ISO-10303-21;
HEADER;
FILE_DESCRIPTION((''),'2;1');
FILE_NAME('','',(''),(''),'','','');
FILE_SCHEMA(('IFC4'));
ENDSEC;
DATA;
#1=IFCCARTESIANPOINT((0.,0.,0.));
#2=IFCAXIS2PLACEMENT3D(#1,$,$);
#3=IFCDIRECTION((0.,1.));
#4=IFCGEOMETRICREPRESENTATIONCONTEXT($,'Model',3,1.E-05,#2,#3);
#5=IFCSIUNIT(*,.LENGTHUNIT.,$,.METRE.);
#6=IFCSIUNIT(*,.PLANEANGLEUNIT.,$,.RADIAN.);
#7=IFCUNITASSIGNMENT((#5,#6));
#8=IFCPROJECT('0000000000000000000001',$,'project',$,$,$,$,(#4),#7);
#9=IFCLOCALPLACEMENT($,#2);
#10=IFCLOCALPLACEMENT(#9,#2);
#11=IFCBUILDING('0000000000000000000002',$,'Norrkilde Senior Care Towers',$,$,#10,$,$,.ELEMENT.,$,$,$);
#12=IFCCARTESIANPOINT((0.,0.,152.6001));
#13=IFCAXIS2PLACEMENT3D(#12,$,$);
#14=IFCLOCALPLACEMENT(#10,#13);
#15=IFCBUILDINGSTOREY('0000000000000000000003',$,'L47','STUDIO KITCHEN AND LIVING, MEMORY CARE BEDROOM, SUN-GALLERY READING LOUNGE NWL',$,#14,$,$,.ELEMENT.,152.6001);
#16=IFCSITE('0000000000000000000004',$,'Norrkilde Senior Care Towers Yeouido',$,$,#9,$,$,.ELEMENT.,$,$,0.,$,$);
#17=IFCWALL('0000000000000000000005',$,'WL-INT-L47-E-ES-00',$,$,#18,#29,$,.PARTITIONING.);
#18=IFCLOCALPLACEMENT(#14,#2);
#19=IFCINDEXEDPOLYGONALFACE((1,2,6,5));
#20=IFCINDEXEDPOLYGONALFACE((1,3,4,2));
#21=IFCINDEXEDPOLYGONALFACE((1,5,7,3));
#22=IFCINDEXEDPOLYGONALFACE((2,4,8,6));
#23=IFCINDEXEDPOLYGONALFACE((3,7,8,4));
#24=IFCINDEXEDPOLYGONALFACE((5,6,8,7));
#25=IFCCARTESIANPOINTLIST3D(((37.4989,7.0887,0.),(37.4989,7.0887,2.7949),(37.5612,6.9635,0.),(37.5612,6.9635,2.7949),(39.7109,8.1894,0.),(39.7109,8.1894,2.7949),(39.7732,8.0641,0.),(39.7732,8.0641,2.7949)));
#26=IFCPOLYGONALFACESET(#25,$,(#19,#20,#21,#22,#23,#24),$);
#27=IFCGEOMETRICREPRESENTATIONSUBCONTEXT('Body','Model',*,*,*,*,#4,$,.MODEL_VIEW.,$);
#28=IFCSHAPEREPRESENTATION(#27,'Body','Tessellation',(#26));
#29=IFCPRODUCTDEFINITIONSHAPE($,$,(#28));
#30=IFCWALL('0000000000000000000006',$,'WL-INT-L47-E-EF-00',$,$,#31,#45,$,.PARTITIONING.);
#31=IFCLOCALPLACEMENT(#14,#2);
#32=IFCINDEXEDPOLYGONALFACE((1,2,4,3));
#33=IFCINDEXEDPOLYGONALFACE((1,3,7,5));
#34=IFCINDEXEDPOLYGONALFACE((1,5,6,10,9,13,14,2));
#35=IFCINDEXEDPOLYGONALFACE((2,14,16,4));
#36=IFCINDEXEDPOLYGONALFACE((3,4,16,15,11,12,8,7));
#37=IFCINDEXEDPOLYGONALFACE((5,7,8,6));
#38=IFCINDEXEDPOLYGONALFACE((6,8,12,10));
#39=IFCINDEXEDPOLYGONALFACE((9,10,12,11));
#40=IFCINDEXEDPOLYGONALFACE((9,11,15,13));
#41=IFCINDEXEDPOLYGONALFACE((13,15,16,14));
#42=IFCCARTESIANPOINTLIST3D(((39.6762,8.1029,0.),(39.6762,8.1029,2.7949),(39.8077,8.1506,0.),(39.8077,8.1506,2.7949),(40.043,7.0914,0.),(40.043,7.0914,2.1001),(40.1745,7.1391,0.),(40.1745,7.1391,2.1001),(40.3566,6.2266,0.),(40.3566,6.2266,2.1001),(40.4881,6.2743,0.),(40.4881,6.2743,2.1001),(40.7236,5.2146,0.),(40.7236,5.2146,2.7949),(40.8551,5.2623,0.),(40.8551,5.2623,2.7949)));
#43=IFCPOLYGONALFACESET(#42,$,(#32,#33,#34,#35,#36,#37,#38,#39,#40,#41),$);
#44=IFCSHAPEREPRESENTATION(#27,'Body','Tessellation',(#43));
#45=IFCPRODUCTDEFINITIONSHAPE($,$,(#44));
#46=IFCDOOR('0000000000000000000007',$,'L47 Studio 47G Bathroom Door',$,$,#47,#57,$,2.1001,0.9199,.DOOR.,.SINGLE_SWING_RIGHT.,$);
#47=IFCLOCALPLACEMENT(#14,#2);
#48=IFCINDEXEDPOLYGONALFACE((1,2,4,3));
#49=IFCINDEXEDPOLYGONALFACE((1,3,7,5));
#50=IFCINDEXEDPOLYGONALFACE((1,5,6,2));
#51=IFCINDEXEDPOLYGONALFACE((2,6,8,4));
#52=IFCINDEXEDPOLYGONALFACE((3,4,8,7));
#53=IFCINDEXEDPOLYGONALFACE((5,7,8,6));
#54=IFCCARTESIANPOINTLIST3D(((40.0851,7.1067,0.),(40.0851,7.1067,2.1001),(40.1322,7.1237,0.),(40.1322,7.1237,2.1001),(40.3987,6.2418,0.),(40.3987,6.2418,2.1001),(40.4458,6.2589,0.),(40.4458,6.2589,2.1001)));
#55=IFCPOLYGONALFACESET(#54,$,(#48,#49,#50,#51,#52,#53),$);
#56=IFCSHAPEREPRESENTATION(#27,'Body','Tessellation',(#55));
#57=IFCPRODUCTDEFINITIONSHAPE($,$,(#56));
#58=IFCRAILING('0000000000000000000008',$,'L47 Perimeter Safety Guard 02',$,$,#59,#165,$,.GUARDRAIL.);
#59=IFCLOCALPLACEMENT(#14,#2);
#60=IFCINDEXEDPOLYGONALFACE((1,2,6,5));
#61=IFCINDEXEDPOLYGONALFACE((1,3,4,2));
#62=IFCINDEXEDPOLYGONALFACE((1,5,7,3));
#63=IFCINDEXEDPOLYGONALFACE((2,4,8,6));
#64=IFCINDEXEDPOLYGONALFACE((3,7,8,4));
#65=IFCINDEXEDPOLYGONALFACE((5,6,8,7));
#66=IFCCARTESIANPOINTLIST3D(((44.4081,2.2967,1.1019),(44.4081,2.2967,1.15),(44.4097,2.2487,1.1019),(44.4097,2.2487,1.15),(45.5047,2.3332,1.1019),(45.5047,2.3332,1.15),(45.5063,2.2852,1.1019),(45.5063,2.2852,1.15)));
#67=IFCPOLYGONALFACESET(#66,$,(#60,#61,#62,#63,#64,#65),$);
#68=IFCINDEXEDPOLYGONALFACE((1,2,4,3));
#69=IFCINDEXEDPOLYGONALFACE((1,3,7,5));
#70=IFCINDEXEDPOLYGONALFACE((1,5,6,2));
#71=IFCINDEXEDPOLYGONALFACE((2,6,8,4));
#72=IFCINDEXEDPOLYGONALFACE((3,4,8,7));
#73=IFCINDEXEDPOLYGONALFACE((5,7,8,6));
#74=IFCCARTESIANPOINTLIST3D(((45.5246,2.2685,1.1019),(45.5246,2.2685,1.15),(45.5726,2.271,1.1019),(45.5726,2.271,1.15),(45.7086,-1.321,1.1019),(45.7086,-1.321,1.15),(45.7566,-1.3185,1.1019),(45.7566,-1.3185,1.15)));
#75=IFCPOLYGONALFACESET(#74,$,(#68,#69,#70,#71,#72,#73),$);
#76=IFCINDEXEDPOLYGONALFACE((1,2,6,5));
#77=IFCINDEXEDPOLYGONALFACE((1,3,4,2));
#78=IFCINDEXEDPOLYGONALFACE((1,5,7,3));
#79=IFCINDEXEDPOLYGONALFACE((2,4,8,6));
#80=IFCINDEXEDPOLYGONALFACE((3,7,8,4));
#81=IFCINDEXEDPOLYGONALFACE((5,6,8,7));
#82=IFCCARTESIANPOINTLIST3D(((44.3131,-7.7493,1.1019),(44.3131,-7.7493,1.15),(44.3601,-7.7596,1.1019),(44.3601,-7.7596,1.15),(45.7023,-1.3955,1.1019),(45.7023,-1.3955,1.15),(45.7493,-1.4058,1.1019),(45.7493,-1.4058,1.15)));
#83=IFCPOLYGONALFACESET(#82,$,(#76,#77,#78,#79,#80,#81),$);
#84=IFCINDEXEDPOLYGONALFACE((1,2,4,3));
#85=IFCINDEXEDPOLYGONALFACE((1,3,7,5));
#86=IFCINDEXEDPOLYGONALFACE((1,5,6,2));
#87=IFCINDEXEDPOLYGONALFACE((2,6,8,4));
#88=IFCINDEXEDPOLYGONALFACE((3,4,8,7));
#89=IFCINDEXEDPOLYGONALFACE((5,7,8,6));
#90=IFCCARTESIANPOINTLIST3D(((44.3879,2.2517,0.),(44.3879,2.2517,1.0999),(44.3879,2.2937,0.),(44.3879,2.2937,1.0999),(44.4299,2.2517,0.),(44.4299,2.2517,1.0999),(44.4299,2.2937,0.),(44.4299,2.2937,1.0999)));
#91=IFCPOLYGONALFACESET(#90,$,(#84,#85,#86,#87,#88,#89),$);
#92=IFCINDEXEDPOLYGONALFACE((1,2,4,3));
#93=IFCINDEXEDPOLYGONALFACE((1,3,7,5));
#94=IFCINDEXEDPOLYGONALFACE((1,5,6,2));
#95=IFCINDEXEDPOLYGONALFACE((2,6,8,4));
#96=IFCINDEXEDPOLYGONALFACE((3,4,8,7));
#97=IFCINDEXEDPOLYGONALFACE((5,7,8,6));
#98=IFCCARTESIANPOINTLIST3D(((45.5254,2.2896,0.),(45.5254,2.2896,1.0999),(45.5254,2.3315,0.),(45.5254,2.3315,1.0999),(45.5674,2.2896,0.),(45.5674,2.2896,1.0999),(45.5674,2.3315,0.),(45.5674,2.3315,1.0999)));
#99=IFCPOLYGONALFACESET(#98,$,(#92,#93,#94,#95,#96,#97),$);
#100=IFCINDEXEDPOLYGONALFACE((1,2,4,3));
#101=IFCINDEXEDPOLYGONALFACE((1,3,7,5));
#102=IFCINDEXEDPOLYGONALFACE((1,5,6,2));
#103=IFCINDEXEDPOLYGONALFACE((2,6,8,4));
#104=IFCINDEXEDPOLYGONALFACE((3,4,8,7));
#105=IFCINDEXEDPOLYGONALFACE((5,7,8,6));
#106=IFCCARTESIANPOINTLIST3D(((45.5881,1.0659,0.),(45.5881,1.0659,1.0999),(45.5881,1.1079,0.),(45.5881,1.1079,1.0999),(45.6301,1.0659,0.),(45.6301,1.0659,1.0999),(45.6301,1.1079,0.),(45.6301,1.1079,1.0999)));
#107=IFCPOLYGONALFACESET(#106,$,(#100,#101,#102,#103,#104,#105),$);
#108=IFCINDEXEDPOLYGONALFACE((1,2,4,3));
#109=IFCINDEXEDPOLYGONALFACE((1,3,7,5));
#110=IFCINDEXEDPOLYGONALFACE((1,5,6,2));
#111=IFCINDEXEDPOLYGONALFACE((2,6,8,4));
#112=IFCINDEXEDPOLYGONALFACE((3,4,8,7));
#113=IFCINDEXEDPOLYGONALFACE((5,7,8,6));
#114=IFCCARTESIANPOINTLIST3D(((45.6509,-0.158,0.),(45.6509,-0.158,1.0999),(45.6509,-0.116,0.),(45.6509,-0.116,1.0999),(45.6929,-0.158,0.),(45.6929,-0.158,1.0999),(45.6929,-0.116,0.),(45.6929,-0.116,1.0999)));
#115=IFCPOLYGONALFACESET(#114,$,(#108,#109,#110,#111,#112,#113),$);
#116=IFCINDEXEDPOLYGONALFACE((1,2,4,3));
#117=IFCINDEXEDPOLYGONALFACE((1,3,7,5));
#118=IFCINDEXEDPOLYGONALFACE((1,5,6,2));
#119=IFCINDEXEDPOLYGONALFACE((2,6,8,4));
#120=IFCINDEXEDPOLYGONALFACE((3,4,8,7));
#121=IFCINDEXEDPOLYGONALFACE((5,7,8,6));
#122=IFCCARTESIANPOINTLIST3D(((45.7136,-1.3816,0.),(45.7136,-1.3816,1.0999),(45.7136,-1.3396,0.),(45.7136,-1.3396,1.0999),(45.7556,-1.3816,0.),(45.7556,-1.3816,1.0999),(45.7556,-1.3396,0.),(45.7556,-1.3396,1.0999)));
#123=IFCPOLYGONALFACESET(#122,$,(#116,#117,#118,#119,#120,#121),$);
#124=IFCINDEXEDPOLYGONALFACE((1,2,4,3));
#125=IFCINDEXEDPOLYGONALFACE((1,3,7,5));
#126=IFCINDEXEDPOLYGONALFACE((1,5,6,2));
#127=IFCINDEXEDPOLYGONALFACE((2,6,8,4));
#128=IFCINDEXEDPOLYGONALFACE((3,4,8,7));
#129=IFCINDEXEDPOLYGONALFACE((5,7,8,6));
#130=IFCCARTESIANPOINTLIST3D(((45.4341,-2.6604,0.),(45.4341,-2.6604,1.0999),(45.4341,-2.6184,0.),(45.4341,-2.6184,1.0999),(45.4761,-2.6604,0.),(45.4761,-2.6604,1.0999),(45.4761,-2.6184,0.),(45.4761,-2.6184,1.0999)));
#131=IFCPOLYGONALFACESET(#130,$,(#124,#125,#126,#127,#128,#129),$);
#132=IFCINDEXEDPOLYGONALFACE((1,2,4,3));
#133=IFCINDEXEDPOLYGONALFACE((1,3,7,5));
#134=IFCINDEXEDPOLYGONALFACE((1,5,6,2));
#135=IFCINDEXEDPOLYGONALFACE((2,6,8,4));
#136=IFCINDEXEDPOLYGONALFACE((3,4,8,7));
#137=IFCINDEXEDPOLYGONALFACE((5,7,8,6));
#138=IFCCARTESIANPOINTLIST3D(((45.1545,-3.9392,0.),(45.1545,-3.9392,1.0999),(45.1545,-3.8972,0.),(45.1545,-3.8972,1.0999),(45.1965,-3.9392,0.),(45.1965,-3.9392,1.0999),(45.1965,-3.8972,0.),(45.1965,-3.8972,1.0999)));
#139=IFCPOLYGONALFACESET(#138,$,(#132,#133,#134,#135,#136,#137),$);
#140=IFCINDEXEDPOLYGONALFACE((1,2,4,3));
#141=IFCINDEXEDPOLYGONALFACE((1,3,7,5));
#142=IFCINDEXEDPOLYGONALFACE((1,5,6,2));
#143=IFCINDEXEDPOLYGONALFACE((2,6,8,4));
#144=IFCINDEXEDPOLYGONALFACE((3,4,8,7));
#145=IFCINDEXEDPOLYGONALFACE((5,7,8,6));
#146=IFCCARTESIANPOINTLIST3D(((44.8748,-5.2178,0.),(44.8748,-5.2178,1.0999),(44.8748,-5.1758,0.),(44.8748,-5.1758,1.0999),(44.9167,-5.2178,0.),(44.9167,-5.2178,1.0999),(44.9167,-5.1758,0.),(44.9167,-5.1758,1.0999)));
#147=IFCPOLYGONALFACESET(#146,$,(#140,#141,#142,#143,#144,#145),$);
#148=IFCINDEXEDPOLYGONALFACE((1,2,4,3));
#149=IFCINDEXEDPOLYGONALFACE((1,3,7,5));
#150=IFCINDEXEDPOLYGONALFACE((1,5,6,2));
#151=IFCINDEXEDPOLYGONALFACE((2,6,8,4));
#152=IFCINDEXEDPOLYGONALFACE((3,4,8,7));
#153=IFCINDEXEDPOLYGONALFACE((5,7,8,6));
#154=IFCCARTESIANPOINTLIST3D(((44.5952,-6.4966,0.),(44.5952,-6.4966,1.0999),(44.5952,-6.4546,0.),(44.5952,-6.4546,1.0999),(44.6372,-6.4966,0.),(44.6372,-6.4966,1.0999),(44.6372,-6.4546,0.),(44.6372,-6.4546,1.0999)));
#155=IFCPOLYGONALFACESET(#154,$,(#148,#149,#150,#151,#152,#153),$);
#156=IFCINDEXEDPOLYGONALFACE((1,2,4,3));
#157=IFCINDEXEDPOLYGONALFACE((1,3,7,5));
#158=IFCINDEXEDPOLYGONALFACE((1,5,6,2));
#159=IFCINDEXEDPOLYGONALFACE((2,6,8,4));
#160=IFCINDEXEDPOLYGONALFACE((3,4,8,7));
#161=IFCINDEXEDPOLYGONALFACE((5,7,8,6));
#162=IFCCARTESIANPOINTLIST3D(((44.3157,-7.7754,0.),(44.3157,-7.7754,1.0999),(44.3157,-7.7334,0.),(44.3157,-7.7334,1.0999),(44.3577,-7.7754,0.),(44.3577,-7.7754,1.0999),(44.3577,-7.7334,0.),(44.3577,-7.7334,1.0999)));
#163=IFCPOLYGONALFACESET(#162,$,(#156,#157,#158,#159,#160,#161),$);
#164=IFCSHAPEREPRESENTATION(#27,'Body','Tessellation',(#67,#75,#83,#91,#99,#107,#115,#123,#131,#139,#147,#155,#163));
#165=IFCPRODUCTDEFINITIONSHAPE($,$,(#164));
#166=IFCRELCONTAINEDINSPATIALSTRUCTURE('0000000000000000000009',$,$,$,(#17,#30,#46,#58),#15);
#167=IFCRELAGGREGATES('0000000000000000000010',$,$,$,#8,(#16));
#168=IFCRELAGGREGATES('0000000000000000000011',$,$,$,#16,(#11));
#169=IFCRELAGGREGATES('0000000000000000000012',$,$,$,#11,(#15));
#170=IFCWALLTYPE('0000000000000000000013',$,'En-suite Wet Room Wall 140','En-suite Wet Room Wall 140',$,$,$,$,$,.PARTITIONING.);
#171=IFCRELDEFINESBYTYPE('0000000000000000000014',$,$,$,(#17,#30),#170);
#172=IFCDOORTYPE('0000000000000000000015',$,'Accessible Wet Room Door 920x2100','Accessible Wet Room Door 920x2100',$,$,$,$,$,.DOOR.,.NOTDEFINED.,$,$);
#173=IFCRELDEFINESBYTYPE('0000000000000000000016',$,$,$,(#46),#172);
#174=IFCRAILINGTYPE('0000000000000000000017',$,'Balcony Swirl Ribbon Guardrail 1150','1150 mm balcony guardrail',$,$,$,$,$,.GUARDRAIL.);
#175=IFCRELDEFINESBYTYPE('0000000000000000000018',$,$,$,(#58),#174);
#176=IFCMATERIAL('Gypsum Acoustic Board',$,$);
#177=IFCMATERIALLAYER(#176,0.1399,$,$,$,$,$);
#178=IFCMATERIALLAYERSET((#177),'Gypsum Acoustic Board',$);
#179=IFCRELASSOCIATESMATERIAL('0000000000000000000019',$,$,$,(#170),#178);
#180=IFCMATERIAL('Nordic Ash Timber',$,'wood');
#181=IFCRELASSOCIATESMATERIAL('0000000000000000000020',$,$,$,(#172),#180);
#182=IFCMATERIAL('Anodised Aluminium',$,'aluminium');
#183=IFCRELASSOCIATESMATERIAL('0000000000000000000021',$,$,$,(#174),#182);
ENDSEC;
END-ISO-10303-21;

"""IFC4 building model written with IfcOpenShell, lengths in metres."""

from ifc_helpers import new_model, si_unit, direction, frame, frame_2d, origin, origin_2d, place, context, subcontext, project, spatial, rectangle, extrude, source, transform, mapped, material, layer, layer_set, type_object, type_shapes, element, fill, save


model = new_model("IFC4")

# Units and contexts
model_context = context("Model", 3, precision=1e-05, world=origin(), true_north=direction((0.0, 1.0)))
body_context = subcontext(model_context, "Body", "Model", "MODEL_VIEW")
ifc_project = project(units=[si_unit("LENGTHUNIT", "METRE"), si_unit("PLANEANGLEUNIT", "RADIAN")], contexts=[model_context])

# Site, building, storey
site_placement = place(None, origin())
site = spatial("IfcSite", under=ifc_project, at=site_placement, Name="Norrkilde Senior Care Towers Yeouido", CompositionType="ELEMENT", RefElevation=0.0)
building_placement = place(site_placement, origin())
building = spatial("IfcBuilding", under=site, at=building_placement, Name="Norrkilde Senior Care Towers", CompositionType="ELEMENT")
storey_placement = place(building_placement, frame((0.0, 0.0, 152.6001)))
storey = spatial("IfcBuildingStorey", under=building, at=storey_placement, Name="L47", Description="STUDIO KITCHEN AND LIVING, MEMORY CARE BEDROOM, SUN-GALLERY READING LOUNGE NWL", CompositionType="ELEMENT", Elevation=152.6001)

# Shared definitions
ifc_material_1 = material(Name="Anodised Aluminium", Category="aluminium")

# Shared definitions
ifc_material_2 = material(Name="Gypsum Acoustic Board")
ifc_material_3 = material(Name="Nordic Ash Timber", Category="wood")

# Shared definitions
ifc_layer_1 = layer(ifc_material_2, 0.1399)
ifc_layer_set_1 = layer_set([ifc_layer_1], Name="Gypsum Acoustic Board")
wall_type_1 = type_object("IfcWallType", Name="En-suite Wet Room Wall 140", Description="En-suite Wet Room Wall 140", PredefinedType="PARTITIONING", material=ifc_layer_set_1)
door_type_1 = type_object("IfcDoorType", Name="Accessible Wet Room Door 920x2100", Description="Accessible Wet Room Door 920x2100", OperationType="NOTDEFINED", PredefinedType="DOOR", material=ifc_material_3)
shared_shape_1 = source(origin(), body_context, "Body", "SweptSolid", [
    extrude(rectangle(XDim=0.9199, YDim=2.1001, at=frame_2d((0.46, 1.05))), frame((0.0, 0.0249, 0.0), z_axis=(0.0, -1.0, 0.0), x_axis=(1.0, 0.0, 0.0)), (0.0, 0.0, 1.0), 0.05),
])
type_shapes(door_type_1, [shared_shape_1])

# Wall
shared_shape_2 = source(origin(), body_context, "Body", "SweptSolid", [
    extrude(rectangle(XDim=2.4707, YDim=0.1399, at=frame_2d((1.2354, 0.0))), origin(), (0.0, 0.0, 1.0), 2.7949),
])
wall_1_placement = place(storey_placement, frame((37.53, 7.0261, 0.0), z_axis=(0.0, 0.0, 1.0), x_axis=(0.895295, 0.445474, 0.0)))
element("IfcWall", 1, at=wall_1_placement, inside=storey, type_object=wall_type_1, Name="WL-INT-L47-E-ES-00", PredefinedType="PARTITIONING", context=body_context, shape_type="MappedRepresentation", body=[
    mapped(shared_shape_2, transform((0.0, 0.0, 0.0), x_axis=(1.0, 0.0, 0.0), y_axis=(0.0, 1.0, 0.0), z_axis=(0.0, 0.0, 1.0), scale=1.0)),
])

# Wall, opening, door
shared_shape_3 = source(origin(), body_context, "Body", "SweptSolid", [
    extrude(rectangle(XDim=3.0723, YDim=0.1399, at=frame_2d((1.5361, 0.0))), origin(), (0.0, 0.0, 1.0), 2.7949),
])
wall_2_placement = place(storey_placement, frame((39.7419, 8.1267, 0.0), z_axis=(0.0, 0.0, 1.0), x_axis=(0.340913, -0.940095, 0.0)))
wall_2 = element("IfcWall", 2, at=wall_2_placement, inside=storey, type_object=wall_type_1, Name="WL-INT-L47-E-EF-00", PredefinedType="PARTITIONING", context=body_context, shape_type="MappedRepresentation", body=[
    mapped(shared_shape_3, transform((0.0, 0.0, 0.0), x_axis=(1.0, 0.0, 0.0), y_axis=(0.0, 1.0, 0.0), z_axis=(0.0, 0.0, 1.0), scale=1.0)),
])
opening_1_placement = place(wall_2_placement, frame((1.0759, 0.0, 0.0)))
opening_1 = element("IfcOpeningElement", 3, at=opening_1_placement, cuts=wall_2, PredefinedType="OPENING", context=body_context, shape_type="SweptSolid", body=[
    extrude(rectangle(XDim=0.9199, YDim=2.1001, at=frame_2d((0.46, 1.05))), frame((0.0, 0.0798, 0.0), z_axis=(0.0, -1.0, 0.0), x_axis=(1.0, 0.0, 0.0)), (0.0, 0.0, 1.0), 0.1599),
])
door_1_placement = place(opening_1_placement, origin())
door_1 = element("IfcDoor", 4, at=door_1_placement, inside=storey, type_object=door_type_1, Name="L47 Studio 47G Bathroom Door", OperationType="SINGLE_SWING_RIGHT", OverallHeight=2.1001, OverallWidth=0.9199, PredefinedType="DOOR", context=body_context, shape_type="MappedRepresentation", body=[
    mapped(shared_shape_1, transform((0.0, 0.0, 0.0), x_axis=(1.0, 0.0, 0.0), y_axis=(0.0, 1.0, 0.0), z_axis=(0.0, 0.0, 1.0), scale=1.0)),
])
fill(opening_1, door_1)

# Railing
railing_type = type_object("IfcRailingType", Name="Balcony Swirl Ribbon Guardrail 1150", Description="1150 mm balcony guardrail", PredefinedType="GUARDRAIL", material=ifc_material_1)
railing_placement = place(storey_placement, frame((44.4089, 2.2727, 0.0)))
element("IfcRailing", 5, at=railing_placement, inside=storey, type_object=railing_type, Name="L47 Perimeter Safety Guard 02", PredefinedType="GUARDRAIL", context=body_context, shape_type="SweptSolid", body=[
    extrude(rectangle(XDim=0.0481, YDim=0.0481, at=origin_2d()), frame((0.0, 0.0, 1.126), z_axis=(0.999447, 0.033251, 0.0), x_axis=(-0.033251, 0.999447, 0.0)), (0.0, 0.0, 1.0), 1.0972),
    extrude(rectangle(XDim=0.0481, YDim=0.0481, at=origin_2d()), frame((1.1396, -0.0029, 1.126), z_axis=(0.051206, -0.998688, 0.0), x_axis=(0.998688, 0.051206, 0.0)), (0.0, 0.0, 1.0), 3.5942),
    extrude(rectangle(XDim=0.0481, YDim=0.0481, at=origin_2d()), frame((1.3169, -3.6733, 1.126), z_axis=(-0.213596, -0.976922, 0.0), x_axis=(0.976922, -0.213596, 0.0)), (0.0, 0.0, 1.0), 6.5039),
    extrude(rectangle(XDim=0.042, YDim=0.042, at=origin_2d()), origin(), (0.0, 0.0, 1.0), 1.0999),
    extrude(rectangle(XDim=0.042, YDim=0.042, at=origin_2d()), frame((1.1375, 0.0378, 0.0)), (0.0, 0.0, 1.0), 1.0999),
    extrude(rectangle(XDim=0.042, YDim=0.042, at=origin_2d()), frame((1.2002, -1.1858, 0.0)), (0.0, 0.0, 1.0), 1.0999),
    extrude(rectangle(XDim=0.042, YDim=0.042, at=origin_2d()), frame((1.2629, -2.4097, 0.0)), (0.0, 0.0, 1.0), 1.0999),
    extrude(rectangle(XDim=0.042, YDim=0.042, at=origin_2d()), frame((1.3257, -3.6333, 0.0)), (0.0, 0.0, 1.0), 1.0999),
    extrude(rectangle(XDim=0.042, YDim=0.042, at=origin_2d()), frame((1.0461, -4.9121, 0.0)), (0.0, 0.0, 1.0), 1.0999),
    extrude(rectangle(XDim=0.042, YDim=0.042, at=origin_2d()), frame((0.7666, -6.1909, 0.0)), (0.0, 0.0, 1.0), 1.0999),
    extrude(rectangle(XDim=0.042, YDim=0.042, at=origin_2d()), frame((0.4868, -7.4695, 0.0)), (0.0, 0.0, 1.0), 1.0999),
    extrude(rectangle(XDim=0.042, YDim=0.042, at=origin_2d()), frame((0.2073, -8.7483, 0.0)), (0.0, 0.0, 1.0), 1.0999),
    extrude(rectangle(XDim=0.042, YDim=0.042, at=origin_2d()), frame((-0.0723, -10.0271, 0.0)), (0.0, 0.0, 1.0), 1.0999),
])

save(model, "model.ifc")
